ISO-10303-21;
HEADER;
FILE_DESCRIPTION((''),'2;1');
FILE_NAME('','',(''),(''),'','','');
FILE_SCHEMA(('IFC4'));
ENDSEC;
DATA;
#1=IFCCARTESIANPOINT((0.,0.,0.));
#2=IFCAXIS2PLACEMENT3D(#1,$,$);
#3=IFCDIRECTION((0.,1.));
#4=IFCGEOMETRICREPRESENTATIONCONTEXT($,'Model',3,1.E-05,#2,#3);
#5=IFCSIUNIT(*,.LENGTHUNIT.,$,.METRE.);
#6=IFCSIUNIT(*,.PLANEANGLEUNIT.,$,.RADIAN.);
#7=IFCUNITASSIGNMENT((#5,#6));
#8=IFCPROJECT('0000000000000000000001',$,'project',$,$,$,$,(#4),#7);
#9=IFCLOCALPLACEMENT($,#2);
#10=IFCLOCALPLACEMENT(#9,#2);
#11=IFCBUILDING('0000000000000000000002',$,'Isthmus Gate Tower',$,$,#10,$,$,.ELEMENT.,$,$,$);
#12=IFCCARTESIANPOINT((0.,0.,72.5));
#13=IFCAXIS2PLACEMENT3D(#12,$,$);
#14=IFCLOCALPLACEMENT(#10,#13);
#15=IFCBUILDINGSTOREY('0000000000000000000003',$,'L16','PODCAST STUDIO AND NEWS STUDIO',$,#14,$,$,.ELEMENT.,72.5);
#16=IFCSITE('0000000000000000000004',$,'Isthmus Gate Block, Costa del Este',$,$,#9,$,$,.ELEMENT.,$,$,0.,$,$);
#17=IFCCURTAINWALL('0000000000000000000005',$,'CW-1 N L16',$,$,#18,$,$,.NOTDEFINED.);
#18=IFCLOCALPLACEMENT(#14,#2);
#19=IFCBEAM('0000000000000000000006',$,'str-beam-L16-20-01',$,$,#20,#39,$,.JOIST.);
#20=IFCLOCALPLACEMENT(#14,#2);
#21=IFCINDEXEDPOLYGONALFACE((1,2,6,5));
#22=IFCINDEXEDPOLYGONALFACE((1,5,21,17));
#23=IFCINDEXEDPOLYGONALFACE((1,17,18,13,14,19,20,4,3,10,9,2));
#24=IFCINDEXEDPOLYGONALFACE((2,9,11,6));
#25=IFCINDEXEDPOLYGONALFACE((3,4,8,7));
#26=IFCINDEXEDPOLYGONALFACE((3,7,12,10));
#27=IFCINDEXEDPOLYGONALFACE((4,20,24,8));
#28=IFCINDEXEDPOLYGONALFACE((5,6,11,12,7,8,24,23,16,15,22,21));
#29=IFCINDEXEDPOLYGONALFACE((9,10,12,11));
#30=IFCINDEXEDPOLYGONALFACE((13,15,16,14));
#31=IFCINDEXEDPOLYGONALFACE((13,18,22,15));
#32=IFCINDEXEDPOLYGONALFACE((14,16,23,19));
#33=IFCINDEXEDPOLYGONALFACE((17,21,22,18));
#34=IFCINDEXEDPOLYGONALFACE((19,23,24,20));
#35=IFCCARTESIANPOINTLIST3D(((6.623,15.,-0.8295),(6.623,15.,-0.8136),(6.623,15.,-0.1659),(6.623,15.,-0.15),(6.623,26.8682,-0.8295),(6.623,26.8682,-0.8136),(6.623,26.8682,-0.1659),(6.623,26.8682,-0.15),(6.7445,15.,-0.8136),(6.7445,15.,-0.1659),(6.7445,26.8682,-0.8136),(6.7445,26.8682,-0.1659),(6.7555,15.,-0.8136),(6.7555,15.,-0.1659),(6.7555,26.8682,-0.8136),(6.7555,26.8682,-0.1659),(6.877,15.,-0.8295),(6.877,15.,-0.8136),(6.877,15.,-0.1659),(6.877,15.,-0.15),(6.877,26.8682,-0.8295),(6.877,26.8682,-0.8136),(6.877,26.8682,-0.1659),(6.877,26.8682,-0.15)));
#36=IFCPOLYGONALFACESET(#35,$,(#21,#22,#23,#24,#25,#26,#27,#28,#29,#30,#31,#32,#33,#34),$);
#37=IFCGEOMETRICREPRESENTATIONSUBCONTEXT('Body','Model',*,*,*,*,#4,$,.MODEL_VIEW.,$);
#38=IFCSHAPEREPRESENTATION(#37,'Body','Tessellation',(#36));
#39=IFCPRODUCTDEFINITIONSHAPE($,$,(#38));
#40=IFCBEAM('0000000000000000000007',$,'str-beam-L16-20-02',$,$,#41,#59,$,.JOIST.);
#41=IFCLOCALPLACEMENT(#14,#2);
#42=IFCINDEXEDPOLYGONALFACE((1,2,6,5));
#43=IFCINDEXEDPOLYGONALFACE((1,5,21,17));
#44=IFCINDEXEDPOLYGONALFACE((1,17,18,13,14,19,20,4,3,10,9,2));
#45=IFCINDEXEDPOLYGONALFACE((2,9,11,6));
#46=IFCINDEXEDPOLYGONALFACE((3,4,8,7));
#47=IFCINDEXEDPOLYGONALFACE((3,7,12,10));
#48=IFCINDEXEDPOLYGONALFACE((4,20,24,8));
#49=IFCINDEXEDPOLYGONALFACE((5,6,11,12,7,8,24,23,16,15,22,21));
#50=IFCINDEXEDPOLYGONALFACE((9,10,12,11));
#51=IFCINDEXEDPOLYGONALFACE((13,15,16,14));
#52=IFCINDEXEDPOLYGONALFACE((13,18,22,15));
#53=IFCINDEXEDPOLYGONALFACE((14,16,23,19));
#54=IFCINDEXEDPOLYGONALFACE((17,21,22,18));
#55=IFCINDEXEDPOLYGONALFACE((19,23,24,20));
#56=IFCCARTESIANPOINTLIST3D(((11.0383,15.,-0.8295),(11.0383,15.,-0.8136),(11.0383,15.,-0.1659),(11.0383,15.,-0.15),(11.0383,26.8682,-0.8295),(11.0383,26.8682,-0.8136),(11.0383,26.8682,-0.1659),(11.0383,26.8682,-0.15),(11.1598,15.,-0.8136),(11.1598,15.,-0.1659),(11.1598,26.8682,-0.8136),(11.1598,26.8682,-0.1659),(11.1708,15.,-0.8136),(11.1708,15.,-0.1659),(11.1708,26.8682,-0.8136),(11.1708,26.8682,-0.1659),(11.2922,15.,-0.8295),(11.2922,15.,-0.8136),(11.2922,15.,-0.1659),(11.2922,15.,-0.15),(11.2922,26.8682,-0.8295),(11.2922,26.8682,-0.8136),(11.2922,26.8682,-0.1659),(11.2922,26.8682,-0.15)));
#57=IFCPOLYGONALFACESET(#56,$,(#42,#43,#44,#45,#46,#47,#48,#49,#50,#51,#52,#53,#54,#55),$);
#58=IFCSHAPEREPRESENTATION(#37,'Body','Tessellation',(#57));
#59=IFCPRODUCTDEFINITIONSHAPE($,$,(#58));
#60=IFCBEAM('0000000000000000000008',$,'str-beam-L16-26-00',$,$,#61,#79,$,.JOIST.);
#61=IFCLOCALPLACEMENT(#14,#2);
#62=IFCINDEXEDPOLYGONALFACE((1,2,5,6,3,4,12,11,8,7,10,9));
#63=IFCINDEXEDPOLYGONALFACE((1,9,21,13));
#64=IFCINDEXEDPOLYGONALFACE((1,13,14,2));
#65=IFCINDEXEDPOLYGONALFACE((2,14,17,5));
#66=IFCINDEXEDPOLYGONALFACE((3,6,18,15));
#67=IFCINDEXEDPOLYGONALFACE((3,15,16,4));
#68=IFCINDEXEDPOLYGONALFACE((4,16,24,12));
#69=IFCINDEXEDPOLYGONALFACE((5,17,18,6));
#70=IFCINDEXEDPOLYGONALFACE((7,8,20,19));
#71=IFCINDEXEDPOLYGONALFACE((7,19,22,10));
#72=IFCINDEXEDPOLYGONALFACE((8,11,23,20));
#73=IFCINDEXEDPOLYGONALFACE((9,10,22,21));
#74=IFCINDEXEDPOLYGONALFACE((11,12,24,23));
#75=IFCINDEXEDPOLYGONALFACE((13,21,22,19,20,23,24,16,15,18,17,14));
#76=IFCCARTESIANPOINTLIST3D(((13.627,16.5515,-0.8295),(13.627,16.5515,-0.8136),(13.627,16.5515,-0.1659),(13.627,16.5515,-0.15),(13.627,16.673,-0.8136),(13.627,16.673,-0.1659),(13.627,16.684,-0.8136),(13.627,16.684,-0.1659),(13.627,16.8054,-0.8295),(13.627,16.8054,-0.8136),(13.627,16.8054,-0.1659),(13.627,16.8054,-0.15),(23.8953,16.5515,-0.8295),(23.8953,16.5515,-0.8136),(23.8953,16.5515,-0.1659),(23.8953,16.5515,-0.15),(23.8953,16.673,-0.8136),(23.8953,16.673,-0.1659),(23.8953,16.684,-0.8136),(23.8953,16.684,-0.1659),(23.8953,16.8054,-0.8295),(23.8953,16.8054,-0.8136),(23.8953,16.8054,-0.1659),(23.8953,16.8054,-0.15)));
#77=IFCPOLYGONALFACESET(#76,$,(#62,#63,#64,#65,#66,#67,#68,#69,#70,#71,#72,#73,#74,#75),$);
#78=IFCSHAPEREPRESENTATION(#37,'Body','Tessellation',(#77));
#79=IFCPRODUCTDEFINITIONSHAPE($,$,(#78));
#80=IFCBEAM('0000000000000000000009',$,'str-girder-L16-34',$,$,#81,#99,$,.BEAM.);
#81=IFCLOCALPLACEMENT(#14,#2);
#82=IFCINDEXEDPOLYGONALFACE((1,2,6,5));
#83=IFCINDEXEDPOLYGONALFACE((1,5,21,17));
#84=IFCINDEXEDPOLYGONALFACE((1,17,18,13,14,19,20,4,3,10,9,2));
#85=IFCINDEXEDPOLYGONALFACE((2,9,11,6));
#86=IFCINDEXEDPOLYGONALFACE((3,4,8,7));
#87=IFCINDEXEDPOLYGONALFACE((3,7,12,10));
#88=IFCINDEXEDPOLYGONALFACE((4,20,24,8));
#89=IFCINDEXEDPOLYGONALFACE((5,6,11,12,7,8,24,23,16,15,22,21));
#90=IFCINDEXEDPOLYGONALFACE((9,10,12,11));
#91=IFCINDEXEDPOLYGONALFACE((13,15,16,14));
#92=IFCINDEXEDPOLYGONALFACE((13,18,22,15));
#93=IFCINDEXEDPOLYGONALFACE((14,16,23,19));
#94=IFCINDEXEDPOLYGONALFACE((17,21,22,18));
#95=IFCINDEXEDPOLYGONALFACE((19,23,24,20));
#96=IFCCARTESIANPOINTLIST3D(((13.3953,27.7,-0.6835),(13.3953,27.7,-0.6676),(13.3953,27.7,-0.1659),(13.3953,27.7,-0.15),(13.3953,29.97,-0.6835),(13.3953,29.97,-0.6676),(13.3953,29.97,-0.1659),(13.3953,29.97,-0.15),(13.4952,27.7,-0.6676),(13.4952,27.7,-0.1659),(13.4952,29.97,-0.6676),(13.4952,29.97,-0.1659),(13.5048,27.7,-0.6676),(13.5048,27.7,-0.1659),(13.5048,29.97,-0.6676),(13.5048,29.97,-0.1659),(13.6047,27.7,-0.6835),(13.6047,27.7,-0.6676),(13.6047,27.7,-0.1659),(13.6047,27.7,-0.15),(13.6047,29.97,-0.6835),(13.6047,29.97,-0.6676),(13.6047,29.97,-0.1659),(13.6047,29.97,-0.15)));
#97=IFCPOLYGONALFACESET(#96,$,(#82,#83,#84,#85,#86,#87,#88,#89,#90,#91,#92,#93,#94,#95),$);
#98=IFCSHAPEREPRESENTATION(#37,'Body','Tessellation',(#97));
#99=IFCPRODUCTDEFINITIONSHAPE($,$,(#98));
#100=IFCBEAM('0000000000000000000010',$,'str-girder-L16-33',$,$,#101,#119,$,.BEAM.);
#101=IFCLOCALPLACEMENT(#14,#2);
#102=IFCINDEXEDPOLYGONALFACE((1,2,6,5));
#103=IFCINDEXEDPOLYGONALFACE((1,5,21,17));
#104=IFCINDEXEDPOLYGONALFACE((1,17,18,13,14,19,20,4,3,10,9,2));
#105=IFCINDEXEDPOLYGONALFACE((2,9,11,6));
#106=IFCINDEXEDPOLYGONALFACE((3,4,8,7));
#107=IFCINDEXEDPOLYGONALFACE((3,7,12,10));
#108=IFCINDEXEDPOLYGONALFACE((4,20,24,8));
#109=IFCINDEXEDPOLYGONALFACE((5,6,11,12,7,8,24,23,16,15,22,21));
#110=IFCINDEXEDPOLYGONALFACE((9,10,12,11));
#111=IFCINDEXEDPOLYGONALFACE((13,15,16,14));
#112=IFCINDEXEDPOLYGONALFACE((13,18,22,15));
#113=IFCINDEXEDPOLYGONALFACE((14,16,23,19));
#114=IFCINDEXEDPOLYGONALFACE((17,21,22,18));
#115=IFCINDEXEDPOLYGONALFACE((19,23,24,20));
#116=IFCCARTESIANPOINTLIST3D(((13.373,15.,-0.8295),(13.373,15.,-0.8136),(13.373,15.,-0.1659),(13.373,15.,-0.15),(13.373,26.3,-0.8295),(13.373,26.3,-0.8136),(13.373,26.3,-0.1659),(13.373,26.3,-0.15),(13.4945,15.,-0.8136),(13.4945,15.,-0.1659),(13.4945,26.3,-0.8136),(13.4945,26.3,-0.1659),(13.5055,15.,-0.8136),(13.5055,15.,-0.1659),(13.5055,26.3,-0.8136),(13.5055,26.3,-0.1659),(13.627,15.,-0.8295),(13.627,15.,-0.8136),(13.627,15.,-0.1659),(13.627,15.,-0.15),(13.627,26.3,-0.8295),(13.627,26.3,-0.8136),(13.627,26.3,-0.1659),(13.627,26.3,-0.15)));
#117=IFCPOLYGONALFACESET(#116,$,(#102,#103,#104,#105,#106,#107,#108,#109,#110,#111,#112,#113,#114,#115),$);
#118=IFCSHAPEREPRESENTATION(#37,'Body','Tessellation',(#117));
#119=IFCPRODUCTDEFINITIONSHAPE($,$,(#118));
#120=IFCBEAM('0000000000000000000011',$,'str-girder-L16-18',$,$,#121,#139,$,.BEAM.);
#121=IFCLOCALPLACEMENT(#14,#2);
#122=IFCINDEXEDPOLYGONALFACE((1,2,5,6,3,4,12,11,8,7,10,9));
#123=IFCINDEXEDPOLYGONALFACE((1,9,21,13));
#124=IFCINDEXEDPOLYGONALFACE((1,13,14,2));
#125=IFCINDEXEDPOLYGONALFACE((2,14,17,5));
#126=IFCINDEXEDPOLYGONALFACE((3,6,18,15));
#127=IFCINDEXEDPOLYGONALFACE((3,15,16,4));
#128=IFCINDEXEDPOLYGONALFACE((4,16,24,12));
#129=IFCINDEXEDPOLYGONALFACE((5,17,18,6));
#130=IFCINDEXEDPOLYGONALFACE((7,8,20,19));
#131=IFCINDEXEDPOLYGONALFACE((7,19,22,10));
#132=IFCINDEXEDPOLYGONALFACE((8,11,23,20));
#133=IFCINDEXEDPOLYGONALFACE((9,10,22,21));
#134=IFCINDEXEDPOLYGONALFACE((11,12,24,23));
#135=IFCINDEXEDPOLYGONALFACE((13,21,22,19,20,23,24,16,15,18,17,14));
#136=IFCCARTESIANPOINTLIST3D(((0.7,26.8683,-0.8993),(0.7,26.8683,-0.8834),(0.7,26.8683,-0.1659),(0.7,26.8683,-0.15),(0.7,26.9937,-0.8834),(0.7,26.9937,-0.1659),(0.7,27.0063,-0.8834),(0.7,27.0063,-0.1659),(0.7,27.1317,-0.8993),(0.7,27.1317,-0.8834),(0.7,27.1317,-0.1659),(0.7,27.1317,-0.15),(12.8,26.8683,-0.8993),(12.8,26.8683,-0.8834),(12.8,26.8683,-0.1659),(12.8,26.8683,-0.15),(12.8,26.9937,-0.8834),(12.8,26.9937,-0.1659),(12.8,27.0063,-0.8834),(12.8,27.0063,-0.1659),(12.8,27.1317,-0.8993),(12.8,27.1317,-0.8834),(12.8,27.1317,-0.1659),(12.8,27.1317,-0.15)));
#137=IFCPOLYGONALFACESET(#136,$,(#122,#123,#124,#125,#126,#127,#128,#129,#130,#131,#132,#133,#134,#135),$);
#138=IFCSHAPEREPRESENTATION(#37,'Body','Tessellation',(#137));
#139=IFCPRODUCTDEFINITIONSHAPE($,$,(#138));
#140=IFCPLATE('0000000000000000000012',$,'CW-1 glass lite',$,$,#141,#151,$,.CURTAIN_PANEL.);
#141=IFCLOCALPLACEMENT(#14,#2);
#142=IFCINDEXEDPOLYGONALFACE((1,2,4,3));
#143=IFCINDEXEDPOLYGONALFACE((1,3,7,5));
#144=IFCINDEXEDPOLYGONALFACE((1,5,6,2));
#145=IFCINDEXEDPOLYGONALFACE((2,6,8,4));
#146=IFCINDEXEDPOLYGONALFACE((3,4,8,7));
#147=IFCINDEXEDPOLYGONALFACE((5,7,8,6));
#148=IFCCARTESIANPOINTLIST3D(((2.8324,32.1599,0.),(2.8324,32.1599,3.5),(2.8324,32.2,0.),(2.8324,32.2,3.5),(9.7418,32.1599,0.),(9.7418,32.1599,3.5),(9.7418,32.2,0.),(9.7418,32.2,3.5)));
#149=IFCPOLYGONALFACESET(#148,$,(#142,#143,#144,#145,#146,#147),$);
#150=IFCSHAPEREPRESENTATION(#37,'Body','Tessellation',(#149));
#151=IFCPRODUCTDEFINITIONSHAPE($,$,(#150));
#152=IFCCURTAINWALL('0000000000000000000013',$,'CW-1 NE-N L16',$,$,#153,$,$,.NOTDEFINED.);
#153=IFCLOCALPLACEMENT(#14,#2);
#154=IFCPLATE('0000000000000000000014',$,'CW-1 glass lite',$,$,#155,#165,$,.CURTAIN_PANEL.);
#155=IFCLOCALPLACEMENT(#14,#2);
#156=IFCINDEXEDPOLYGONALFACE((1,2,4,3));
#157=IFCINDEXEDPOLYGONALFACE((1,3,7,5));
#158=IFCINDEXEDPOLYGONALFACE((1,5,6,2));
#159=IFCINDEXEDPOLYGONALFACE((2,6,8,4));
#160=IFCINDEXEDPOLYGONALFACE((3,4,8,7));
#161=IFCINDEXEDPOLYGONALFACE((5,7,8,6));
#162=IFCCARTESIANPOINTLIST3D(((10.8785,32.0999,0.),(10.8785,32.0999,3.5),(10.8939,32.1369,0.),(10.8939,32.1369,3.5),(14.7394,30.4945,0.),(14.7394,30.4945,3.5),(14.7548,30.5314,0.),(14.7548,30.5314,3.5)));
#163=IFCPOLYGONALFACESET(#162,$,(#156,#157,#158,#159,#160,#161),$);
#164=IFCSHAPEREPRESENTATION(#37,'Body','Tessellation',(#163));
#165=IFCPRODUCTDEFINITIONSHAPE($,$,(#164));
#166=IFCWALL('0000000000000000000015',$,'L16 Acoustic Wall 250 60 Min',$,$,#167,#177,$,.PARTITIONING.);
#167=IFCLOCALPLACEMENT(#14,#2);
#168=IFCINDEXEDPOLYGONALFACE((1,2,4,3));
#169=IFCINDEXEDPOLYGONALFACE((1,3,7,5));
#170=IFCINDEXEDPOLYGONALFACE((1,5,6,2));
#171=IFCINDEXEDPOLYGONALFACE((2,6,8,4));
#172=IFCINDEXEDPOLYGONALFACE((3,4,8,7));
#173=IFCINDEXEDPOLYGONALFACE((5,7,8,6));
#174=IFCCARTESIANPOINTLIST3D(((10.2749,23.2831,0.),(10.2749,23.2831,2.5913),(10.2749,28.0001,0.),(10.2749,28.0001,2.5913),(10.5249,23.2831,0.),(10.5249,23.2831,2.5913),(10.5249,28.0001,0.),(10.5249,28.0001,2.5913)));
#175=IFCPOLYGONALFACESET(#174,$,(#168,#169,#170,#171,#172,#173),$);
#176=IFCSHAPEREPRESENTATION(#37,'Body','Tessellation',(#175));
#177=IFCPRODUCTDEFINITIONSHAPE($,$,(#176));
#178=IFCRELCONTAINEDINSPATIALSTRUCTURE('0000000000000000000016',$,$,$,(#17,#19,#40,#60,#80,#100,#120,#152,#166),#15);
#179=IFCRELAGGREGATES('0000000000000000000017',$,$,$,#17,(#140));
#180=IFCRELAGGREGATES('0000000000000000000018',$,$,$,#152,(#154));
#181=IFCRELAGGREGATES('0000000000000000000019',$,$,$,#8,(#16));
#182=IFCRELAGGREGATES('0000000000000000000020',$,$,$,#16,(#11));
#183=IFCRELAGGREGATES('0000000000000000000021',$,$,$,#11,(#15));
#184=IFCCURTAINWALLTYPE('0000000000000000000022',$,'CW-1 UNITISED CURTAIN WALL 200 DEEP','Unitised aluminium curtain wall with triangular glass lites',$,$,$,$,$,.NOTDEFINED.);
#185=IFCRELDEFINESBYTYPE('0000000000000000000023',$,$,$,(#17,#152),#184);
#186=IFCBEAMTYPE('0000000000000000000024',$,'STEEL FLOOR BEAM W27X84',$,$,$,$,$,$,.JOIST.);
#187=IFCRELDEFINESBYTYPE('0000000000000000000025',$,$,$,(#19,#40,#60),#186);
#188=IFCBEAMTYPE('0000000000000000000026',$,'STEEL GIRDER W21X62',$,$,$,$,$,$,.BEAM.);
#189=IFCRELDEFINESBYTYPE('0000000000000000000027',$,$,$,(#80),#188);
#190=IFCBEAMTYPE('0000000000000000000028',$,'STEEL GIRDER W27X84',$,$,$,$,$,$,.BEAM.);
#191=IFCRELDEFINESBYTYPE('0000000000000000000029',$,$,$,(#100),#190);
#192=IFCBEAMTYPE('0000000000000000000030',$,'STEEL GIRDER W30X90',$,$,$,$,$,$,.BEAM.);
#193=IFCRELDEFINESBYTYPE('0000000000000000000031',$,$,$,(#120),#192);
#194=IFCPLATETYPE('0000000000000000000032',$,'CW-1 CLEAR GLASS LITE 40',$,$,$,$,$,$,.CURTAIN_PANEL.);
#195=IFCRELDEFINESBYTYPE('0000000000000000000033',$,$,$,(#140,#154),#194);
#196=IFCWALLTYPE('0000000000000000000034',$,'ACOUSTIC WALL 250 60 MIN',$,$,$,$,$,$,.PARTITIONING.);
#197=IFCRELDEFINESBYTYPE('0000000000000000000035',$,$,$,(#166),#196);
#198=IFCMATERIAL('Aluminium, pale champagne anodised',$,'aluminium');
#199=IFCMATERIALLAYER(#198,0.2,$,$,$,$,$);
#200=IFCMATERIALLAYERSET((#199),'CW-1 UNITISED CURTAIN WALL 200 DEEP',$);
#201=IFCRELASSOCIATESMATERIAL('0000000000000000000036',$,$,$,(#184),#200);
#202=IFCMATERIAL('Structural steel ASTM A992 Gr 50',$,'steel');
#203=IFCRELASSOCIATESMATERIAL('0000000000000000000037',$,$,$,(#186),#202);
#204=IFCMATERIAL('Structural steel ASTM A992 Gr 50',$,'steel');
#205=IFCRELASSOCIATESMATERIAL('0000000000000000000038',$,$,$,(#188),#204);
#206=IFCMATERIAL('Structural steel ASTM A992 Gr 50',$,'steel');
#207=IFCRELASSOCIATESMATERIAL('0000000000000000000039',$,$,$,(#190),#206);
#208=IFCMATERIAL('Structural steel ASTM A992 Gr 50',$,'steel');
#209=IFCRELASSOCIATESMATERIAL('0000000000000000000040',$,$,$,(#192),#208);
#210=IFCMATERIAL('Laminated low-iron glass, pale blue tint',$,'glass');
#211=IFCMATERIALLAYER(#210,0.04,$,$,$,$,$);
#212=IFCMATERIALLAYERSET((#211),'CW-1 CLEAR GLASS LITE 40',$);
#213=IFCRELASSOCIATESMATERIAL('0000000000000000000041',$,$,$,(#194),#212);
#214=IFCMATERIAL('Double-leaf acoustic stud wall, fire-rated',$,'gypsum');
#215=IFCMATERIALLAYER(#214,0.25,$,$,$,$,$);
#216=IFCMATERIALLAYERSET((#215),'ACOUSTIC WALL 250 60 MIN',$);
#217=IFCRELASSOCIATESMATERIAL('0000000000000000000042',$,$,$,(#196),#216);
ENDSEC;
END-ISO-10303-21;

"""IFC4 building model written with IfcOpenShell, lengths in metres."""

from ifc_helpers import new_model, si_unit, direction, frame, frame_2d, origin, origin_2d, place, context, subcontext, project, spatial, rectangle, i_section, extrude, material, layer, layer_set, material_profile, profile_set, type_object, element, aggregate, save


model = new_model("IFC4")

# Units and contexts
model_context = context("Model", 3, precision=1e-05, world=origin(), true_north=direction((0.0, 1.0)))
body_context = subcontext(model_context, "Body", "Model", "MODEL_VIEW")
ifc_project = project(units=[si_unit("LENGTHUNIT", "METRE"), si_unit("PLANEANGLEUNIT", "RADIAN")], contexts=[model_context])

# Site, building, storey
site_placement = place(None, origin())
site = spatial("IfcSite", under=ifc_project, at=site_placement, Name="Isthmus Gate Block, Costa del Este", CompositionType="ELEMENT", RefElevation=0.0)
building_placement = place(site_placement, origin())
building = spatial("IfcBuilding", under=site, at=building_placement, Name="Isthmus Gate Tower", CompositionType="ELEMENT")
storey_placement = place(building_placement, frame((0.0, 0.0, 72.5)))
storey = spatial("IfcBuildingStorey", under=building, at=storey_placement, Name="L16", Description="PODCAST STUDIO AND NEWS STUDIO", CompositionType="ELEMENT", Elevation=72.5)

# Curtain wall
ifc_material_1 = material(Name="Aluminium, pale champagne anodised", Category="aluminium")
ifc_layer_1 = layer(ifc_material_1, 0.2)
ifc_layer_set_1 = layer_set([ifc_layer_1], Name="CW-1 UNITISED CURTAIN WALL 200 DEEP")
curtain_wall_type = type_object("IfcCurtainWallType", Name="CW-1 UNITISED CURTAIN WALL 200 DEEP", Description="Unitised aluminium curtain wall with triangular glass lites", PredefinedType="NOTDEFINED", material=ifc_layer_set_1)
curtain_wall_1_placement = place(storey_placement, origin())
curtain_wall_1 = element("IfcCurtainWall", 1, at=curtain_wall_1_placement, inside=storey, type_object=curtain_wall_type, Name="CW-1 N L16", PredefinedType="NOTDEFINED")

# Beams
ifc_material_2 = material(Name="Structural steel ASTM A992 Gr 50", Category="steel")
ifc_material_profile_1 = material_profile(ifc_material_2, i_section(OverallWidth=0.2539, OverallDepth=0.6794, WebThickness=0.011, FlangeThickness=0.0159, at=origin_2d()), Name="W27X84")
ifc_profile_set_1 = profile_set([ifc_material_profile_1], Name="Structural steel ASTM A992 Gr 50")
beam_type_1 = type_object("IfcBeamType", Name="STEEL FLOOR BEAM W27X84", PredefinedType="JOIST", material=ifc_profile_set_1)
for number, where, z_axis, x_axis, name in (
    (2, (6.75, 15.0, -0.4897), (0.0, 1.0, 0.0), (-1.0, 0.0, 0.0), "str-beam-L16-20-01"),
    (3, (11.1653, 15.0, -0.4897), (0.0, 1.0, 0.0), (-1.0, 0.0, 0.0), "str-beam-L16-20-02"),
):
    element("IfcBeam", number, at=place(storey_placement, frame(where, z_axis=z_axis, x_axis=x_axis)), inside=storey, type_object=beam_type_1, Name=name, PredefinedType="JOIST", context=body_context, shape_type="SweptSolid", body=[
        extrude(i_section(OverallWidth=0.2539, OverallDepth=0.6794, WebThickness=0.011, FlangeThickness=0.0159, at=origin_2d()), origin(), (0.0, 0.0, 1.0), 11.8682),
    ])
beam_1_placement = place(storey_placement, frame((13.627, 16.6785, -0.4897), z_axis=(1.0, 0.0, 0.0), x_axis=(0.0, 1.0, 0.0)))
element("IfcBeam", 4, at=beam_1_placement, inside=storey, type_object=beam_type_1, Name="str-beam-L16-26-00", PredefinedType="JOIST", context=body_context, shape_type="SweptSolid", body=[
    extrude(i_section(OverallWidth=0.2539, OverallDepth=0.6794, WebThickness=0.011, FlangeThickness=0.0159, at=origin_2d()), origin(), (0.0, 0.0, 1.0), 10.2683),
])
ifc_material_3 = material(Name="Structural steel ASTM A992 Gr 50", Category="steel")
ifc_material_profile_2 = material_profile(ifc_material_3, i_section(OverallWidth=0.2095, OverallDepth=0.5334, WebThickness=0.0095, FlangeThickness=0.0159, at=origin_2d()), Name="W21X62")
ifc_profile_set_2 = profile_set([ifc_material_profile_2], Name="Structural steel ASTM A992 Gr 50")
beam_type_2 = type_object("IfcBeamType", Name="STEEL GIRDER W21X62", PredefinedType="BEAM", material=ifc_profile_set_2)
beam_2_placement = place(storey_placement, frame((13.5, 27.7, -0.4167), z_axis=(0.0, 1.0, 0.0), x_axis=(-1.0, 0.0, 0.0)))
element("IfcBeam", 5, at=beam_2_placement, inside=storey, type_object=beam_type_2, Name="str-girder-L16-34", PredefinedType="BEAM", context=body_context, shape_type="SweptSolid", body=[
    extrude(i_section(OverallWidth=0.2095, OverallDepth=0.5334, WebThickness=0.0095, FlangeThickness=0.0159, at=origin_2d()), origin(), (0.0, 0.0, 1.0), 2.27),
])
ifc_material_4 = material(Name="Structural steel ASTM A992 Gr 50", Category="steel")
ifc_material_profile_3 = material_profile(ifc_material_4, i_section(OverallWidth=0.2539, OverallDepth=0.6794, WebThickness=0.011, FlangeThickness=0.0159, at=origin_2d()), Name="W27X84")
ifc_profile_set_3 = profile_set([ifc_material_profile_3], Name="Structural steel ASTM A992 Gr 50")
beam_type_3 = type_object("IfcBeamType", Name="STEEL GIRDER W27X84", PredefinedType="BEAM", material=ifc_profile_set_3)
beam_3_placement = place(storey_placement, frame((13.5, 15.0, -0.4897), z_axis=(0.0, 1.0, 0.0), x_axis=(-1.0, 0.0, 0.0)))
element("IfcBeam", 6, at=beam_3_placement, inside=storey, type_object=beam_type_3, Name="str-girder-L16-33", PredefinedType="BEAM", context=body_context, shape_type="SweptSolid", body=[
    extrude(i_section(OverallWidth=0.2539, OverallDepth=0.6794, WebThickness=0.011, FlangeThickness=0.0159, at=origin_2d()), origin(), (0.0, 0.0, 1.0), 11.3),
])
ifc_material_5 = material(Name="Structural steel ASTM A992 Gr 50", Category="steel")
ifc_material_profile_4 = material_profile(ifc_material_5, i_section(OverallWidth=0.2634, OverallDepth=0.7493, WebThickness=0.0127, FlangeThickness=0.0159, at=origin_2d()), Name="W30X90")
ifc_profile_set_4 = profile_set([ifc_material_profile_4], Name="Structural steel ASTM A992 Gr 50")
beam_type_4 = type_object("IfcBeamType", Name="STEEL GIRDER W30X90", PredefinedType="BEAM", material=ifc_profile_set_4)
beam_4_placement = place(storey_placement, frame((0.7, 27.0, -0.5247), z_axis=(1.0, 0.0, 0.0), x_axis=(0.0, 1.0, 0.0)))
element("IfcBeam", 7, at=beam_4_placement, inside=storey, type_object=beam_type_4, Name="str-girder-L16-18", PredefinedType="BEAM", context=body_context, shape_type="SweptSolid", body=[
    extrude(i_section(OverallWidth=0.2634, OverallDepth=0.7493, WebThickness=0.0127, FlangeThickness=0.0159, at=origin_2d()), origin(), (0.0, 0.0, 1.0), 12.1001),
])

# Plate
ifc_material_6 = material(Name="Laminated low-iron glass, pale blue tint", Category="glass")
ifc_layer_2 = layer(ifc_material_6, 0.04)
ifc_layer_set_2 = layer_set([ifc_layer_2], Name="CW-1 CLEAR GLASS LITE 40")
plate_type = type_object("IfcPlateType", Name="CW-1 CLEAR GLASS LITE 40", PredefinedType="CURTAIN_PANEL", material=ifc_layer_set_2)
plate_1_placement = place(storey_placement, frame((6.2871, 32.1799, 0.0), z_axis=(0.0, 0.0, 1.0), x_axis=(-1.0, 0.0, 0.0)))
plate_1 = element("IfcPlate", 8, at=plate_1_placement, type_object=plate_type, Name="CW-1 glass lite", PredefinedType="CURTAIN_PANEL", context=body_context, shape_type="SweptSolid", body=[
    extrude(rectangle(XDim=6.9094, YDim=0.04, at=origin_2d()), origin(), (0.0, 0.0, 1.0), 3.5),
])
aggregate(curtain_wall_1, [plate_1])

# Curtain wall, plate
curtain_wall_2_placement = place(storey_placement, origin())
curtain_wall_2 = element("IfcCurtainWall", 9, at=curtain_wall_2_placement, inside=storey, type_object=curtain_wall_type, Name="CW-1 NE-N L16", PredefinedType="NOTDEFINED")
plate_2_placement = place(storey_placement, frame((12.8167, 31.3157, 0.0), z_axis=(0.0, 0.0, 1.0), x_axis=(-0.923353, 0.383952, 0.0)))
plate_2 = element("IfcPlate", 10, at=plate_2_placement, type_object=plate_type, Name="CW-1 glass lite", PredefinedType="CURTAIN_PANEL", context=body_context, shape_type="SweptSolid", body=[
    extrude(rectangle(XDim=4.1814, YDim=0.04, at=origin_2d()), origin(), (0.0, 0.0, 1.0), 3.5),
])
aggregate(curtain_wall_2, [plate_2])

# Wall
ifc_material_7 = material(Name="Double-leaf acoustic stud wall, fire-rated", Category="gypsum")
ifc_layer_3 = layer(ifc_material_7, 0.25)
ifc_layer_set_3 = layer_set([ifc_layer_3], Name="ACOUSTIC WALL 250 60 MIN")
wall_type_1 = type_object("IfcWallType", Name="ACOUSTIC WALL 250 60 MIN", PredefinedType="PARTITIONING", material=ifc_layer_set_3)
wall_1_placement = place(storey_placement, frame((10.3999, 28.0, 0.0), z_axis=(0.0, 0.0, 1.0), x_axis=(0.0, -1.0, 0.0)))
element("IfcWall", 11, at=wall_1_placement, inside=storey, type_object=wall_type_1, Name="L16 Acoustic Wall 250 60 Min", PredefinedType="PARTITIONING", context=body_context, shape_type="SweptSolid", body=[
    extrude(rectangle(XDim=4.717, YDim=0.25, at=frame_2d((2.3584, 0.0))), origin(), (0.0, 0.0, 1.0), 2.5913),
])

save(model, "model.ifc")
